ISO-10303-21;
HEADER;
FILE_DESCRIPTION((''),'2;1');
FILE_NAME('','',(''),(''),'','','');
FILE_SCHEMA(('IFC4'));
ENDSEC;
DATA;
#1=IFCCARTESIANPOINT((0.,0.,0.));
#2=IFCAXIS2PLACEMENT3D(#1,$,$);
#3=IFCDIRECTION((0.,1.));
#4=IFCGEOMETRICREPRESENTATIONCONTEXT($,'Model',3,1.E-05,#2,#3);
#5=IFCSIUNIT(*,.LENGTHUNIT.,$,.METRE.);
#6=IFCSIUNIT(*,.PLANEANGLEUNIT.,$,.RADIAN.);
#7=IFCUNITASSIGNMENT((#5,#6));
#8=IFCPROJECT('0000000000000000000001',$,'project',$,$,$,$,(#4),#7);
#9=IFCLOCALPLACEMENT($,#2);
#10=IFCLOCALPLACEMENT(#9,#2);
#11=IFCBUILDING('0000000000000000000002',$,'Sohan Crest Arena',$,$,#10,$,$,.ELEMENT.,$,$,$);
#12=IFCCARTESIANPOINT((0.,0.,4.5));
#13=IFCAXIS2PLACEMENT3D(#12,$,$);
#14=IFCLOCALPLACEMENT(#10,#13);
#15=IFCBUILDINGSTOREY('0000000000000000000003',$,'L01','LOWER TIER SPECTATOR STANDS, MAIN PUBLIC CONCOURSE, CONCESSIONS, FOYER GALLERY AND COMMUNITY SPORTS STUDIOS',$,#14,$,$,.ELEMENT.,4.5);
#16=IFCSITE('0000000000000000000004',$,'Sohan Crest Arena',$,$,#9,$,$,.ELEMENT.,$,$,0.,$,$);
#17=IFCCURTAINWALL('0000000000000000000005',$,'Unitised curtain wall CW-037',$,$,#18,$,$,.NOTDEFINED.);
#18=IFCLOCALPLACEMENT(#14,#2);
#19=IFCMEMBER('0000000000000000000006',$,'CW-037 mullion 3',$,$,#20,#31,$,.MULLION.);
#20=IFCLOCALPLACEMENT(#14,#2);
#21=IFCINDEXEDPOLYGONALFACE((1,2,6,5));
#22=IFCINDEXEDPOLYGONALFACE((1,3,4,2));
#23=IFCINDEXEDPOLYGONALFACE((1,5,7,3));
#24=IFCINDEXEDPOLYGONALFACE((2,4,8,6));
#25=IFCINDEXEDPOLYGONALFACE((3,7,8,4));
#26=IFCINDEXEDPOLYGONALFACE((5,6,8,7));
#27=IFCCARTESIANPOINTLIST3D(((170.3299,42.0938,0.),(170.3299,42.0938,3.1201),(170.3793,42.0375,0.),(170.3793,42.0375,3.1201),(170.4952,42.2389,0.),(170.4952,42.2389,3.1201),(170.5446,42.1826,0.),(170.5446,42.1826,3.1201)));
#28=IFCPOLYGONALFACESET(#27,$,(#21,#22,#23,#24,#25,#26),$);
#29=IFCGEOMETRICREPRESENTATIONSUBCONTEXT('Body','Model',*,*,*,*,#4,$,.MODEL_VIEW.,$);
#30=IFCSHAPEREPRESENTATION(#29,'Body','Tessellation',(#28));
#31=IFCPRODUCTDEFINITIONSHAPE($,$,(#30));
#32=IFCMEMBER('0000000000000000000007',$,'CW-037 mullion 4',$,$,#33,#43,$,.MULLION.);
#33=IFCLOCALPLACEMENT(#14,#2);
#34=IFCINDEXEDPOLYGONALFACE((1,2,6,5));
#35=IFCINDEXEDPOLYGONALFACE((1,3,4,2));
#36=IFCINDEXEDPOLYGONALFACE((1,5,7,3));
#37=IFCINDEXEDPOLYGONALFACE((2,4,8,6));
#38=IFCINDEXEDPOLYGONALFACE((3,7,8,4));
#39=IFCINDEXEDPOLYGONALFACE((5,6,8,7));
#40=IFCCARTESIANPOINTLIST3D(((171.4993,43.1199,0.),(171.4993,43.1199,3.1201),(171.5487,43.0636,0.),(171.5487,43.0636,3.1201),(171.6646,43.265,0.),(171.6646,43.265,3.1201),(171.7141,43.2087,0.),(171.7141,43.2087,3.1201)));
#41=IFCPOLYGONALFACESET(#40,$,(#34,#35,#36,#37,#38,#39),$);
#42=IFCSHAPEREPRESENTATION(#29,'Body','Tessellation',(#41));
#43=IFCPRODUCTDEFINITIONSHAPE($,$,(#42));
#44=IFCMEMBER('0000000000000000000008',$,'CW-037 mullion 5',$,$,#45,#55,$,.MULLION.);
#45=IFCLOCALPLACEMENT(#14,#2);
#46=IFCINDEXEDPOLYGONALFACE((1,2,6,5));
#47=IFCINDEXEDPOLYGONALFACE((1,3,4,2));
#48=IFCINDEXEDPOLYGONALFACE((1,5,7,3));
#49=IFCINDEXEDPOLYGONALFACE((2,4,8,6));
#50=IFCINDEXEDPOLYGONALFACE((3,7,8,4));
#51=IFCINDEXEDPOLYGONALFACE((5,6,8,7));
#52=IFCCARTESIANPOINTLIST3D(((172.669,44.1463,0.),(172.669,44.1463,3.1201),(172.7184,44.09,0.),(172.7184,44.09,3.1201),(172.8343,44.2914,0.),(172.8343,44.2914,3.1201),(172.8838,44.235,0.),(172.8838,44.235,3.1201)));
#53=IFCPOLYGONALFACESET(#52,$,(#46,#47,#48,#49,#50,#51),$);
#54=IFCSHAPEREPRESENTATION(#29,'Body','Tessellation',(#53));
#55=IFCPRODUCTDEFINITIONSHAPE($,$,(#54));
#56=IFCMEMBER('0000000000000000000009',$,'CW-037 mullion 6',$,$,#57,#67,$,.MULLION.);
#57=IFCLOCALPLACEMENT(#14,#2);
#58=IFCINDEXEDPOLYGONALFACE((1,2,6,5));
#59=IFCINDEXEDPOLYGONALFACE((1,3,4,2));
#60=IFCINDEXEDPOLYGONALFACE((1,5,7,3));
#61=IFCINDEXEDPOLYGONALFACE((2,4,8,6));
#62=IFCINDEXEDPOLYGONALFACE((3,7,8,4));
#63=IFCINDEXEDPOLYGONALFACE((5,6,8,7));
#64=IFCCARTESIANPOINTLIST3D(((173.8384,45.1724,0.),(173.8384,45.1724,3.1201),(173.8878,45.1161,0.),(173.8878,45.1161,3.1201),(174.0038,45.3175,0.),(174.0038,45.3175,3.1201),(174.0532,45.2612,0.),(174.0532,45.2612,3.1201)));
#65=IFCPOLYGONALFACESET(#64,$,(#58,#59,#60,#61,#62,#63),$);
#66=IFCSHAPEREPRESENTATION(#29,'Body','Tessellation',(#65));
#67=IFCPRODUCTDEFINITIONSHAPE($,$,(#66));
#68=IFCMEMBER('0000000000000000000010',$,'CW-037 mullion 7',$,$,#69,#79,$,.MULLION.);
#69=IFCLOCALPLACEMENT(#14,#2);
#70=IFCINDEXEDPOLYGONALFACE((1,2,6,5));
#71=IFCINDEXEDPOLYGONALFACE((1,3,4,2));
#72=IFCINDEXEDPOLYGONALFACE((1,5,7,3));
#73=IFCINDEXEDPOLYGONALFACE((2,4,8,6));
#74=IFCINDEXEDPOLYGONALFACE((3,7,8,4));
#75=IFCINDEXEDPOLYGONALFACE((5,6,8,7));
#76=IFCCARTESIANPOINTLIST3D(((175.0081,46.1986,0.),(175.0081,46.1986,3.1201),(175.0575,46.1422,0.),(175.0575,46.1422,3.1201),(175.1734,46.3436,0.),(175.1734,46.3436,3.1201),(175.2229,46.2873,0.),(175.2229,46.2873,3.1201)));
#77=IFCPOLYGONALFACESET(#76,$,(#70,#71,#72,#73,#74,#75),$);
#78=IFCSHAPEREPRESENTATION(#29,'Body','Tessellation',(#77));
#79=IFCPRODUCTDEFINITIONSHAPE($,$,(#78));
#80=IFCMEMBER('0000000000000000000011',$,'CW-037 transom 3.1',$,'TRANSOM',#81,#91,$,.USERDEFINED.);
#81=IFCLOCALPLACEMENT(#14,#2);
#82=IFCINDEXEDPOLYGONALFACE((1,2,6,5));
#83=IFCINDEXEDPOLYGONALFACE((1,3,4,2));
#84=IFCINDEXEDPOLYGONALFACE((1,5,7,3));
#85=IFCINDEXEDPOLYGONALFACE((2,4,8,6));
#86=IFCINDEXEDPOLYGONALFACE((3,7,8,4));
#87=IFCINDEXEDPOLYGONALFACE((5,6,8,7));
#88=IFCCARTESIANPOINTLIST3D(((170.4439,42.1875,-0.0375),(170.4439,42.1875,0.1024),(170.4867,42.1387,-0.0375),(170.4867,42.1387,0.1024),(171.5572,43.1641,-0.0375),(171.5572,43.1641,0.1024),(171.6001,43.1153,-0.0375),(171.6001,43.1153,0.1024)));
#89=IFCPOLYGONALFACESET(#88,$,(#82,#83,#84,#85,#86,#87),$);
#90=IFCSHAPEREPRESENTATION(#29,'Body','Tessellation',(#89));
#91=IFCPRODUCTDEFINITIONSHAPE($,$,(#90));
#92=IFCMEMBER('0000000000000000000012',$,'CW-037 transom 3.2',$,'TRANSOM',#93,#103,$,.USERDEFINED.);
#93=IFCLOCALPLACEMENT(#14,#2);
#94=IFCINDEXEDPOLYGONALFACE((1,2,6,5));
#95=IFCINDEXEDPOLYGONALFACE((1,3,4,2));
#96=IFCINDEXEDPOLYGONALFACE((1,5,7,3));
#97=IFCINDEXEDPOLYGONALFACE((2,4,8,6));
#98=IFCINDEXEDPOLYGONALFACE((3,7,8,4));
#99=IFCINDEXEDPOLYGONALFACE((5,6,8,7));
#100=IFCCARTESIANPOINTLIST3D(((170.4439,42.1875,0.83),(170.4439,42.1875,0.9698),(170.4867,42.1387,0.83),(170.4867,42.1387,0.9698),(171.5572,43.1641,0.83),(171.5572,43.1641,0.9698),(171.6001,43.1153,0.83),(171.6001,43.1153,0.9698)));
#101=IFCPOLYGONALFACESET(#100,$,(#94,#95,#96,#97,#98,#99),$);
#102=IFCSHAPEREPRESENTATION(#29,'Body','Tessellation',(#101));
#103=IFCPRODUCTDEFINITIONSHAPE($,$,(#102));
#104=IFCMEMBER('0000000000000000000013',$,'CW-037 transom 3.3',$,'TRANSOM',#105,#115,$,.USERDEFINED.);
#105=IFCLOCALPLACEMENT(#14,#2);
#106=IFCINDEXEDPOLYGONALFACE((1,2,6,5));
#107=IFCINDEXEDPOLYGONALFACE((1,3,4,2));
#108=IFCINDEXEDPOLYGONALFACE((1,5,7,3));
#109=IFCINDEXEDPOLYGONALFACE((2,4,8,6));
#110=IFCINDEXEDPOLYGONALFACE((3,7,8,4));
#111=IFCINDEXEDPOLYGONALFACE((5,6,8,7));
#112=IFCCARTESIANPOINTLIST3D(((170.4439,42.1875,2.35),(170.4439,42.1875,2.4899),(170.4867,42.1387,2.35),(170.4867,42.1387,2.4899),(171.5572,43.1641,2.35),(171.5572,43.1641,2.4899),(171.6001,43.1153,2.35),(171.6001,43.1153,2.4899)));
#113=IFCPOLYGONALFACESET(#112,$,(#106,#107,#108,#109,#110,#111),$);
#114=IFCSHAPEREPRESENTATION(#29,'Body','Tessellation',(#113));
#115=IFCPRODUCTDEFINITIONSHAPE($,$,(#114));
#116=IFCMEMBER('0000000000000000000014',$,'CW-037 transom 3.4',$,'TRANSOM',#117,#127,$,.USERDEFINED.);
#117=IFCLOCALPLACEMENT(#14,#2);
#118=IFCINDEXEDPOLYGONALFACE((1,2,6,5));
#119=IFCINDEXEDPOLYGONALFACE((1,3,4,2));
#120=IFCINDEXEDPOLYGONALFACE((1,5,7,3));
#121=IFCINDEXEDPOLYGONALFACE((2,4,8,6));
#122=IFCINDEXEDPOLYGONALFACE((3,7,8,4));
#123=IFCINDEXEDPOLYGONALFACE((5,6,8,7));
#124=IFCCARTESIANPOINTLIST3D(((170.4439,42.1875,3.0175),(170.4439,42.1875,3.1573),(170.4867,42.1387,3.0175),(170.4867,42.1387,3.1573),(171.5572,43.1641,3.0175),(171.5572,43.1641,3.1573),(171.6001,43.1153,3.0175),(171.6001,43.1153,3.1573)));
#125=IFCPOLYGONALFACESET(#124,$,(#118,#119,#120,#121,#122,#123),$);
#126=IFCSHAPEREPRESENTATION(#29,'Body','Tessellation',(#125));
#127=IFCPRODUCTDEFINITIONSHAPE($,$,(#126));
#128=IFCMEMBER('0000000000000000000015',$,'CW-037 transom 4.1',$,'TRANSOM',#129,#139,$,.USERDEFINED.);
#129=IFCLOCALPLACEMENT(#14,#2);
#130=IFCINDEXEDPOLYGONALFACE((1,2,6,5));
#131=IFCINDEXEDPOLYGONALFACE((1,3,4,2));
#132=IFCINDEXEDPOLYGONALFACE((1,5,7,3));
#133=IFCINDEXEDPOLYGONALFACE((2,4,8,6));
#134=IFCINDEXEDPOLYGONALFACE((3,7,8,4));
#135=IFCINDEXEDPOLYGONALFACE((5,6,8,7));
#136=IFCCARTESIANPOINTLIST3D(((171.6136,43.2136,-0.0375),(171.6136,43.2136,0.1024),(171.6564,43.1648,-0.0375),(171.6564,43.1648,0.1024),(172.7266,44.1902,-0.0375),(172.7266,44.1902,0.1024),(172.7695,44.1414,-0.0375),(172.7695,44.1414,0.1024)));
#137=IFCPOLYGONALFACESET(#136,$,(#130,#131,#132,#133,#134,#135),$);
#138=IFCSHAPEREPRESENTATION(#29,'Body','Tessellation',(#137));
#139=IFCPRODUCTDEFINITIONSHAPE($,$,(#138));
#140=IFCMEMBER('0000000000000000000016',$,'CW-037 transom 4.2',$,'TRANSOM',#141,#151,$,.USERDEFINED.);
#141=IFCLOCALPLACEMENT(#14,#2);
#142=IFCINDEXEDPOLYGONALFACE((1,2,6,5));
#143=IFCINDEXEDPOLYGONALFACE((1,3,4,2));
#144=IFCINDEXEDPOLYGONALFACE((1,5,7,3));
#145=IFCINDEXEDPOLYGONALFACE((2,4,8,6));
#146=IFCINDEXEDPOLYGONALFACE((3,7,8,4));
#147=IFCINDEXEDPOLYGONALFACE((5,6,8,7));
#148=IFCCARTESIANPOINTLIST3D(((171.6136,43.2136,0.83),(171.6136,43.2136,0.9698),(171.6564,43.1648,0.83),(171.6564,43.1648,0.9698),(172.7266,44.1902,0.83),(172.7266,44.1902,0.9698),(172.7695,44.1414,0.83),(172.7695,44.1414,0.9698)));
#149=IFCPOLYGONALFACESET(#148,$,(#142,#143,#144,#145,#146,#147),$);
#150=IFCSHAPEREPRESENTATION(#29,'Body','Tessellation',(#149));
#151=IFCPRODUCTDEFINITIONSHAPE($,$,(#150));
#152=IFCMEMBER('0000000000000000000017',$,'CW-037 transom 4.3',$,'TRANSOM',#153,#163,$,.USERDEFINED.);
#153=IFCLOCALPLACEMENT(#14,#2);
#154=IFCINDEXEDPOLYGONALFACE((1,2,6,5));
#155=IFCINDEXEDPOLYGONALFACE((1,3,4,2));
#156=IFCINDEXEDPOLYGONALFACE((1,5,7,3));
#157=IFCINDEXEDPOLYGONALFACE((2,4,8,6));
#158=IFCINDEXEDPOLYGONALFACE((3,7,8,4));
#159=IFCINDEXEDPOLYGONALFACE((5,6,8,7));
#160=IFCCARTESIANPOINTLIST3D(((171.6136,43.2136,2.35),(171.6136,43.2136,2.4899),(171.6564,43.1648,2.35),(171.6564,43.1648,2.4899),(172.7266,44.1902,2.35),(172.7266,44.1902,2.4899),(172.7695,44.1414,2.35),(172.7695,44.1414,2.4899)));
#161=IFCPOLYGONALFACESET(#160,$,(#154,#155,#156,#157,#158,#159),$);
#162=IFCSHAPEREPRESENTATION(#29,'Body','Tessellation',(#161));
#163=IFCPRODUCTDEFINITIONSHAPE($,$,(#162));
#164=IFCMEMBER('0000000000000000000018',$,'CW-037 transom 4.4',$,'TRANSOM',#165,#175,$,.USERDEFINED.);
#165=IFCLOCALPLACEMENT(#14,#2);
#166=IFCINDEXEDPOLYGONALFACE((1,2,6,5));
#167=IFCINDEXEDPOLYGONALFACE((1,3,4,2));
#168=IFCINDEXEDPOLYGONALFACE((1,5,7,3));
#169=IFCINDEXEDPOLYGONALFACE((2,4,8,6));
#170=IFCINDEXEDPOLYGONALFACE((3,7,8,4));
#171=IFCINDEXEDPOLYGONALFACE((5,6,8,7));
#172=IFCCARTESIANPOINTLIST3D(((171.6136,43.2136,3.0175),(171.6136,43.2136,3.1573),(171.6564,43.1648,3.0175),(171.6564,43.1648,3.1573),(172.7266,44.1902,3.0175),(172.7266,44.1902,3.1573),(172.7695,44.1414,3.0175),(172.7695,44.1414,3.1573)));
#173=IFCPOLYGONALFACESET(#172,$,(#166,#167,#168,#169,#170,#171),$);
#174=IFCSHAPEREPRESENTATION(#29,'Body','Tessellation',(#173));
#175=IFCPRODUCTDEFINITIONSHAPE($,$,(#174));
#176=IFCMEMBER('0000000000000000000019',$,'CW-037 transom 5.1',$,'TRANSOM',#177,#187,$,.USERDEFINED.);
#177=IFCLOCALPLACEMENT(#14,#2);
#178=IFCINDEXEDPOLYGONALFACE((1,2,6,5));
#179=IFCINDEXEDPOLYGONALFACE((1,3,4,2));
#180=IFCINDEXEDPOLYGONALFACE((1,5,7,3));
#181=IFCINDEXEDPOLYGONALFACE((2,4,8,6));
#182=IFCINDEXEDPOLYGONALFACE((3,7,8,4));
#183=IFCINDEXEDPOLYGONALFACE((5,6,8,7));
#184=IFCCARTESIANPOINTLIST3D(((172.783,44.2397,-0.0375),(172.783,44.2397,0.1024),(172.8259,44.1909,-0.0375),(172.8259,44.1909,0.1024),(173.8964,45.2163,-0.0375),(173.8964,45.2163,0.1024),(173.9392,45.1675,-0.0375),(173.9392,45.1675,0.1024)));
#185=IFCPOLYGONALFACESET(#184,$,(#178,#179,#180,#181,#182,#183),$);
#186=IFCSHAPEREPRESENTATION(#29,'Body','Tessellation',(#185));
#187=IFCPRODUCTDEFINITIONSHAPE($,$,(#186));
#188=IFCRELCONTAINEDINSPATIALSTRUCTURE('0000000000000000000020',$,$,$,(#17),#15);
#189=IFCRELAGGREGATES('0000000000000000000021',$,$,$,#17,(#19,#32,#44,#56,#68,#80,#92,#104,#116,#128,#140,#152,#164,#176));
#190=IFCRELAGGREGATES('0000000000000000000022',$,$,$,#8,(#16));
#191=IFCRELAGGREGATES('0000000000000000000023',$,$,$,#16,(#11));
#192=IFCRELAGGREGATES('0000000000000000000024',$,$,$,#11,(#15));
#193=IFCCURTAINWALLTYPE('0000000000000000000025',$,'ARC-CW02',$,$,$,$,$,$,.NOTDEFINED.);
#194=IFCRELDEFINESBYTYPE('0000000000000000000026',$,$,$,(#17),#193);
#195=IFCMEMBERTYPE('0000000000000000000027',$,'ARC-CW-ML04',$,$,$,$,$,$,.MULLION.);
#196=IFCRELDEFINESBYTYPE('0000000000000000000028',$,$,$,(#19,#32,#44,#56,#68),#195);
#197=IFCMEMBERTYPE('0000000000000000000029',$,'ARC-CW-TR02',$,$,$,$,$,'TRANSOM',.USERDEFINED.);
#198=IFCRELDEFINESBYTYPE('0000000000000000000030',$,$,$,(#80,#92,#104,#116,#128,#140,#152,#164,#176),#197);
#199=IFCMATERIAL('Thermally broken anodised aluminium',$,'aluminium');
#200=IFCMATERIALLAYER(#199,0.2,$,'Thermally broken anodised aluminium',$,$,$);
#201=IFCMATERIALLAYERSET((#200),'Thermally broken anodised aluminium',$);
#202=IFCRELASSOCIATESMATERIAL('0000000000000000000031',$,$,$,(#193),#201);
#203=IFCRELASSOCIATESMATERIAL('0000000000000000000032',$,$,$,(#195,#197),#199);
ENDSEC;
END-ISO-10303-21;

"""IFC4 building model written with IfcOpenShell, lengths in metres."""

from ifc_helpers import new_model, si_unit, direction, frame, origin, origin_2d, place, context, subcontext, project, spatial, rectangle, extrude, material, layer, layer_set, material_profile, profile_set, type_object, element, aggregate, save


model = new_model("IFC4")

# Units and contexts
model_context = context("Model", 3, precision=1e-05, world=origin(), true_north=direction((0.0, 1.0)))
body_context = subcontext(model_context, "Body", "Model", "MODEL_VIEW")
ifc_project = project(units=[si_unit("LENGTHUNIT", "METRE"), si_unit("PLANEANGLEUNIT", "RADIAN")], contexts=[model_context])

# Site, building, storey
site_placement = place(None, origin())
site = spatial("IfcSite", under=ifc_project, at=site_placement, Name="Sohan Crest Arena", CompositionType="ELEMENT", RefElevation=0.0)
building_placement = place(site_placement, origin())
building = spatial("IfcBuilding", under=site, at=building_placement, Name="Sohan Crest Arena", CompositionType="ELEMENT")
storey_placement = place(building_placement, frame((0.0, 0.0, 4.5)))
storey = spatial("IfcBuildingStorey", under=building, at=storey_placement, Name="L01", Description="LOWER TIER SPECTATOR STANDS, MAIN PUBLIC CONCOURSE, CONCESSIONS, FOYER GALLERY AND COMMUNITY SPORTS STUDIOS", CompositionType="ELEMENT", Elevation=4.5)

# Curtain wall, members
ifc_material_1 = material(Name="Thermally broken anodised aluminium", Category="aluminium")
ifc_layer_1 = layer(ifc_material_1, 0.2, Name="Thermally broken anodised aluminium")
ifc_layer_set_1 = layer_set([ifc_layer_1], Name="Thermally broken anodised aluminium")
curtain_wall_type = type_object("IfcCurtainWallType", Name="ARC-CW02", PredefinedType="NOTDEFINED", material=ifc_layer_set_1)
curtain_wall_placement = place(storey_placement, origin())
curtain_wall = element("IfcCurtainWall", 1, at=curtain_wall_placement, inside=storey, type_object=curtain_wall_type, Name="Unitised curtain wall CW-037", PredefinedType="NOTDEFINED")
ifc_material_profile_1 = material_profile(ifc_material_1, rectangle(XDim=0.075, YDim=0.22, at=origin_2d()), Name="ALU-MULL 75x220")
ifc_profile_set_1 = profile_set([ifc_material_profile_1], Name="Thermally broken anodised aluminium")
member_type_1 = type_object("IfcMemberType", Name="ARC-CW-ML04", PredefinedType="MULLION", material=ifc_profile_set_1)
member_1_placement = place(storey_placement, frame((170.4373, 42.1382, 0.0), z_axis=(0.0, 0.0, 1.0), x_axis=(-0.659512, 0.751694, 0.0)))
member_1 = element("IfcMember", 2, at=member_1_placement, type_object=member_type_1, Name="CW-037 mullion 3", PredefinedType="MULLION", context=body_context, shape_type="SweptSolid", body=[
    extrude(rectangle(XDim=0.075, YDim=0.22, at=origin_2d()), origin(), (0.0, 0.0, 1.0), 3.1201),
])
member_2_placement = place(storey_placement, frame((171.6067, 43.1643, 0.0), z_axis=(0.0, 0.0, 1.0), x_axis=(-0.659512, 0.751694, 0.0)))
member_2 = element("IfcMember", 3, at=member_2_placement, type_object=member_type_1, Name="CW-037 mullion 4", PredefinedType="MULLION", context=body_context, shape_type="SweptSolid", body=[
    extrude(rectangle(XDim=0.075, YDim=0.22, at=origin_2d()), origin(), (0.0, 0.0, 1.0), 3.1201),
])
member_3_placement = place(storey_placement, frame((172.7764, 44.1907, 0.0), z_axis=(0.0, 0.0, 1.0), x_axis=(-0.659512, 0.751694, 0.0)))
member_3 = element("IfcMember", 4, at=member_3_placement, type_object=member_type_1, Name="CW-037 mullion 5", PredefinedType="MULLION", context=body_context, shape_type="SweptSolid", body=[
    extrude(rectangle(XDim=0.075, YDim=0.22, at=origin_2d()), origin(), (0.0, 0.0, 1.0), 3.1201),
])
member_4_placement = place(storey_placement, frame((173.9458, 45.2168, 0.0), z_axis=(0.0, 0.0, 1.0), x_axis=(-0.659512, 0.751694, 0.0)))
member_4 = element("IfcMember", 5, at=member_4_placement, type_object=member_type_1, Name="CW-037 mullion 6", PredefinedType="MULLION", context=body_context, shape_type="SweptSolid", body=[
    extrude(rectangle(XDim=0.075, YDim=0.22, at=origin_2d()), origin(), (0.0, 0.0, 1.0), 3.1201),
])
member_5_placement = place(storey_placement, frame((175.1155, 46.2429, 0.0), z_axis=(0.0, 0.0, 1.0), x_axis=(-0.659512, 0.751694, 0.0)))
member_5 = element("IfcMember", 6, at=member_5_placement, type_object=member_type_1, Name="CW-037 mullion 7", PredefinedType="MULLION", context=body_context, shape_type="SweptSolid", body=[
    extrude(rectangle(XDim=0.075, YDim=0.22, at=origin_2d()), origin(), (0.0, 0.0, 1.0), 3.1201),
])
ifc_material_profile_2 = material_profile(ifc_material_1, rectangle(XDim=0.0649, YDim=0.1399, at=origin_2d()), Name="ALU-TRAN 65x140")
ifc_profile_set_2 = profile_set([ifc_material_profile_2], Name="Thermally broken anodised aluminium")
member_type_2 = type_object("IfcMemberType", Name="ARC-CW-TR02", ElementType="TRANSOM", PredefinedType="USERDEFINED", material=ifc_profile_set_2)
member_6_placement = place(storey_placement, frame((170.4653, 42.1631, 0.0325), z_axis=(0.751759, 0.659438, 0.0), x_axis=(-0.659438, 0.751759, 0.0)))
member_6 = element("IfcMember", 7, at=member_6_placement, type_object=member_type_2, Name="CW-037 transom 3.1", ObjectType="TRANSOM", PredefinedType="USERDEFINED", context=body_context, shape_type="SweptSolid", body=[
    extrude(rectangle(XDim=0.0649, YDim=0.1399, at=origin_2d()), origin(), (0.0, 0.0, 1.0), 1.481),
])
member_7_placement = place(storey_placement, frame((170.4653, 42.1631, 0.8999), z_axis=(0.751759, 0.659438, 0.0), x_axis=(-0.659438, 0.751759, 0.0)))
member_7 = element("IfcMember", 8, at=member_7_placement, type_object=member_type_2, Name="CW-037 transom 3.2", ObjectType="TRANSOM", PredefinedType="USERDEFINED", context=body_context, shape_type="SweptSolid", body=[
    extrude(rectangle(XDim=0.0649, YDim=0.1399, at=origin_2d()), origin(), (0.0, 0.0, 1.0), 1.481),
])
member_8_placement = place(storey_placement, frame((170.4653, 42.1631, 2.4199), z_axis=(0.751759, 0.659438, 0.0), x_axis=(-0.659438, 0.751759, 0.0)))
member_8 = element("IfcMember", 9, at=member_8_placement, type_object=member_type_2, Name="CW-037 transom 3.3", ObjectType="TRANSOM", PredefinedType="USERDEFINED", context=body_context, shape_type="SweptSolid", body=[
    extrude(rectangle(XDim=0.0649, YDim=0.1399, at=origin_2d()), origin(), (0.0, 0.0, 1.0), 1.481),
])
member_9_placement = place(storey_placement, frame((170.4653, 42.1631, 3.0874), z_axis=(0.751759, 0.659438, 0.0), x_axis=(-0.659438, 0.751759, 0.0)))
member_9 = element("IfcMember", 10, at=member_9_placement, type_object=member_type_2, Name="CW-037 transom 3.4", ObjectType="TRANSOM", PredefinedType="USERDEFINED", context=body_context, shape_type="SweptSolid", body=[
    extrude(rectangle(XDim=0.0649, YDim=0.1399, at=origin_2d()), origin(), (0.0, 0.0, 1.0), 1.481),
])
member_10_placement = place(storey_placement, frame((171.635, 43.1892, 0.0325), z_axis=(0.751687, 0.65952, 0.0), x_axis=(-0.65952, 0.751687, 0.0)))
member_10 = element("IfcMember", 11, at=member_10_placement, type_object=member_type_2, Name="CW-037 transom 4.1", ObjectType="TRANSOM", PredefinedType="USERDEFINED", context=body_context, shape_type="SweptSolid", body=[
    extrude(rectangle(XDim=0.0649, YDim=0.1399, at=origin_2d()), origin(), (0.0, 0.0, 1.0), 1.4807),
])
member_11_placement = place(storey_placement, frame((171.635, 43.1892, 0.8999), z_axis=(0.751687, 0.65952, 0.0), x_axis=(-0.65952, 0.751687, 0.0)))
member_11 = element("IfcMember", 12, at=member_11_placement, type_object=member_type_2, Name="CW-037 transom 4.2", ObjectType="TRANSOM", PredefinedType="USERDEFINED", context=body_context, shape_type="SweptSolid", body=[
    extrude(rectangle(XDim=0.0649, YDim=0.1399, at=origin_2d()), origin(), (0.0, 0.0, 1.0), 1.4807),
])
member_12_placement = place(storey_placement, frame((171.635, 43.1892, 2.4199), z_axis=(0.751687, 0.65952, 0.0), x_axis=(-0.65952, 0.751687, 0.0)))
member_12 = element("IfcMember", 13, at=member_12_placement, type_object=member_type_2, Name="CW-037 transom 4.3", ObjectType="TRANSOM", PredefinedType="USERDEFINED", context=body_context, shape_type="SweptSolid", body=[
    extrude(rectangle(XDim=0.0649, YDim=0.1399, at=origin_2d()), origin(), (0.0, 0.0, 1.0), 1.4807),
])
member_13_placement = place(storey_placement, frame((171.635, 43.1892, 3.0874), z_axis=(0.751687, 0.65952, 0.0), x_axis=(-0.65952, 0.751687, 0.0)))
member_13 = element("IfcMember", 14, at=member_13_placement, type_object=member_type_2, Name="CW-037 transom 4.4", ObjectType="TRANSOM", PredefinedType="USERDEFINED", context=body_context, shape_type="SweptSolid", body=[
    extrude(rectangle(XDim=0.0649, YDim=0.1399, at=origin_2d()), origin(), (0.0, 0.0, 1.0), 1.4807),
])
member_14_placement = place(storey_placement, frame((172.8044, 44.2153, 0.0325), z_axis=(0.751759, 0.659438, 0.0), x_axis=(-0.659438, 0.751759, 0.0)))
member_14 = element("IfcMember", 15, at=member_14_placement, type_object=member_type_2, Name="CW-037 transom 5.1", ObjectType="TRANSOM", PredefinedType="USERDEFINED", context=body_context, shape_type="SweptSolid", body=[
    extrude(rectangle(XDim=0.0649, YDim=0.1399, at=origin_2d()), origin(), (0.0, 0.0, 1.0), 1.481),
])
aggregate(curtain_wall, [member_1, member_2, member_3, member_4, member_5, member_6, member_7, member_8, member_9, member_10, member_11, member_12, member_13, member_14])

save(model, "model.ifc")
